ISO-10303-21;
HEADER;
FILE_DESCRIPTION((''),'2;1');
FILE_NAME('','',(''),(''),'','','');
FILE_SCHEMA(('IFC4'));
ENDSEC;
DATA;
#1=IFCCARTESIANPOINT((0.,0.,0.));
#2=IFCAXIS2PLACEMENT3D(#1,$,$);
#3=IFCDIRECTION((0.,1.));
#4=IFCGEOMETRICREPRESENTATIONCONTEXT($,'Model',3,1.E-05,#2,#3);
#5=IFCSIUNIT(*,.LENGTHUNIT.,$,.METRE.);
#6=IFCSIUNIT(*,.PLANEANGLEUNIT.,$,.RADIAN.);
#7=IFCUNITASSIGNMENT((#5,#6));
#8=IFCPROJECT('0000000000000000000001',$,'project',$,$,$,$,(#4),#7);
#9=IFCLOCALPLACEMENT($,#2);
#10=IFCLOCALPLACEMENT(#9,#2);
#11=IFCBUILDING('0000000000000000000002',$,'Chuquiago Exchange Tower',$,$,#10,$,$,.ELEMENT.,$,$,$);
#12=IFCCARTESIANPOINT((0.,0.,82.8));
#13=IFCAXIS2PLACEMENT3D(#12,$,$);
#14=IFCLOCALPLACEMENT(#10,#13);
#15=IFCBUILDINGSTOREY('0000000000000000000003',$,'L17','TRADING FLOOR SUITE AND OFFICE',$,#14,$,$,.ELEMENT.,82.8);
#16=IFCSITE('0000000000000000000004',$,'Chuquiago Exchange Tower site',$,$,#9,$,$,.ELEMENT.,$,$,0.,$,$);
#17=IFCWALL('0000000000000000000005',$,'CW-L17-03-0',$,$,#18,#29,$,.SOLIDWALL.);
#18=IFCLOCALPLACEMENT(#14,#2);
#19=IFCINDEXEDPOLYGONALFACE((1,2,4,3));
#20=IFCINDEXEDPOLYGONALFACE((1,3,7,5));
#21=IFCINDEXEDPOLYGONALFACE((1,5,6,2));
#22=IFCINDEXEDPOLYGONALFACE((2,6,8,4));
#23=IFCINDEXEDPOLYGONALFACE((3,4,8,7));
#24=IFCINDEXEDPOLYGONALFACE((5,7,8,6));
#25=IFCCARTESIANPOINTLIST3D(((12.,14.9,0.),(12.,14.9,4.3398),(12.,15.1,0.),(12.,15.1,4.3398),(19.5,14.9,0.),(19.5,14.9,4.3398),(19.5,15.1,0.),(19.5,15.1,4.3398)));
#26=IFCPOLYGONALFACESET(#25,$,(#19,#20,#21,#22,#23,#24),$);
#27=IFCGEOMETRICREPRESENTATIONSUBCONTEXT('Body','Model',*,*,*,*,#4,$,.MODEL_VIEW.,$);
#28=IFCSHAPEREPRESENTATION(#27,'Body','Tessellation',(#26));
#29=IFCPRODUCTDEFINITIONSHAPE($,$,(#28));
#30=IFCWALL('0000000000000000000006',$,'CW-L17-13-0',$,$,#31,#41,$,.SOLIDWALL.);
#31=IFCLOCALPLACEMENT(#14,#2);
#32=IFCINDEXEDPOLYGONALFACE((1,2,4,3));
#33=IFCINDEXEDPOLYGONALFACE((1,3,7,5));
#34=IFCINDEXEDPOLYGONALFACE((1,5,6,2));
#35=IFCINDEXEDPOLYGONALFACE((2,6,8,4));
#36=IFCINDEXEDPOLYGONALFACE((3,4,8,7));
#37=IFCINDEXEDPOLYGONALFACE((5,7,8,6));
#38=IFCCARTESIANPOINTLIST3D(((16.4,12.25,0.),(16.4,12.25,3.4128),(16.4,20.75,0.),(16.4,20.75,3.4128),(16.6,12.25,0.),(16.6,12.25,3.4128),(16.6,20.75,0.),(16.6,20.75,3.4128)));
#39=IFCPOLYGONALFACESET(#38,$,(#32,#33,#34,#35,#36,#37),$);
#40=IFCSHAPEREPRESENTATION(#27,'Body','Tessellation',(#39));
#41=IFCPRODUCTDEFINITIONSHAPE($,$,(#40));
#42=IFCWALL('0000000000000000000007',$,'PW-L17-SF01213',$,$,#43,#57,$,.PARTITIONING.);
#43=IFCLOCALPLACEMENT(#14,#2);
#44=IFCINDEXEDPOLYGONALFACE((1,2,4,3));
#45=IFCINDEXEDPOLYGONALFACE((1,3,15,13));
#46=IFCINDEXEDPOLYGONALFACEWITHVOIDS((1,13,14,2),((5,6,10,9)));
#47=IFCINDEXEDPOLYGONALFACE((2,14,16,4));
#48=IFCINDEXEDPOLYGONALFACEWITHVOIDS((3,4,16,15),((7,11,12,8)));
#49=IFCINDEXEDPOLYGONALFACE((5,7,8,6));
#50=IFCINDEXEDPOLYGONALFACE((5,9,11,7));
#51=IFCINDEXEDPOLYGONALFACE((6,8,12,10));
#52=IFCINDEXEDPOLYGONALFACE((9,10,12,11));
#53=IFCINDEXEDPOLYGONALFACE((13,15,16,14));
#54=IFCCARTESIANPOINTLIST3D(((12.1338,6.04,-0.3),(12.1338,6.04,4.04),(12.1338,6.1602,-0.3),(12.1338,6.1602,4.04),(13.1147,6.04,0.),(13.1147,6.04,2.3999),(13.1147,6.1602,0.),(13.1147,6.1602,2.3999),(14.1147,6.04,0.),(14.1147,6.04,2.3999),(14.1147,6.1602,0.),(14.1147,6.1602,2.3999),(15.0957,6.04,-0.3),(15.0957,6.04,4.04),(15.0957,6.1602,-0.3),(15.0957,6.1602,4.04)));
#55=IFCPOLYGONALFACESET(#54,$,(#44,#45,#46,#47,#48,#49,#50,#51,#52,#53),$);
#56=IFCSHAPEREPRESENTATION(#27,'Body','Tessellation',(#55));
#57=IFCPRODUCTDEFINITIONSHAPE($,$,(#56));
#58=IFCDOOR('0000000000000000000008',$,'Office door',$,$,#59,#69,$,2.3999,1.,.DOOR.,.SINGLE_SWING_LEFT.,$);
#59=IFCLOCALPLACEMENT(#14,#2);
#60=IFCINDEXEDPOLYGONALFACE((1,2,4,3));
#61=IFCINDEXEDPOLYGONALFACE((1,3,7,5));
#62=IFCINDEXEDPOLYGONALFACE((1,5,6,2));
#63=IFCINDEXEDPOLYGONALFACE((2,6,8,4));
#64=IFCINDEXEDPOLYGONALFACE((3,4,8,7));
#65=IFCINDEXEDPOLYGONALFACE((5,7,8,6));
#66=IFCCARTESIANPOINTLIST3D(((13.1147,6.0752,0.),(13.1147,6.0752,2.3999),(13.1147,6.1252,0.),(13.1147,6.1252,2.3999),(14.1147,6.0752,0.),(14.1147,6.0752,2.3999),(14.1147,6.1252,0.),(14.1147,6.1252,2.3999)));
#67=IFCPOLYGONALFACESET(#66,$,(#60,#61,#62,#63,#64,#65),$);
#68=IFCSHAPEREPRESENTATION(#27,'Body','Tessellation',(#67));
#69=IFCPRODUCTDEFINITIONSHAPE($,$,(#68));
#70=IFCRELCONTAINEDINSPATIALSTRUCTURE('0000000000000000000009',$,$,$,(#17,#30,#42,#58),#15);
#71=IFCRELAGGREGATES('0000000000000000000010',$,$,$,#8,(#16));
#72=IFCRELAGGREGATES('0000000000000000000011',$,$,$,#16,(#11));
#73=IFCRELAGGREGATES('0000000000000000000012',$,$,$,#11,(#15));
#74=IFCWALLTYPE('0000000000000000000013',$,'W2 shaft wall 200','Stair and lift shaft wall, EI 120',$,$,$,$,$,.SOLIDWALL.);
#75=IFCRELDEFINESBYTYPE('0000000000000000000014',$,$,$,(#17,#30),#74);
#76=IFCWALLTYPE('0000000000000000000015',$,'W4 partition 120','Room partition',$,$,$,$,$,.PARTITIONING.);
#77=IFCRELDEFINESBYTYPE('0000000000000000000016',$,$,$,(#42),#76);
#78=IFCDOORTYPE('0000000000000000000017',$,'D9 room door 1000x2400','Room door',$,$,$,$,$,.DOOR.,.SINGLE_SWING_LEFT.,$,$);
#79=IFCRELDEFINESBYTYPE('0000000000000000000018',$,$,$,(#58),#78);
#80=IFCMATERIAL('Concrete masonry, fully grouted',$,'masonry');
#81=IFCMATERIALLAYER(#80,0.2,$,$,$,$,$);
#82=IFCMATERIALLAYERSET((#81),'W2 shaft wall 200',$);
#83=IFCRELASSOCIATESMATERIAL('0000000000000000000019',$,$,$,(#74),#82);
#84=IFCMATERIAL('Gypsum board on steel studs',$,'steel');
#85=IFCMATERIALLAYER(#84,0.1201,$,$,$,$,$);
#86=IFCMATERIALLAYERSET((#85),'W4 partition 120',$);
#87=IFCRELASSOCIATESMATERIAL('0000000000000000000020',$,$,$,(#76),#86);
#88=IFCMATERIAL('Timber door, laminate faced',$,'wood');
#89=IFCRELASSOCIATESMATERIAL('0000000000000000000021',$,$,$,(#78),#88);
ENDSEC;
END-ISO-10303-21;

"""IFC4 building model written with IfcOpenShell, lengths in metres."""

from ifc_helpers import new_model, si_unit, direction, frame, frame_2d, origin, place, context, subcontext, project, spatial, rectangle, extrude, material, layer, layer_set, type_object, element, fill, save


model = new_model("IFC4")

# Units and contexts
model_context = context("Model", 3, precision=1e-05, world=origin(), true_north=direction((0.0, 1.0)))
body_context = subcontext(model_context, "Body", "Model", "MODEL_VIEW")
ifc_project = project(units=[si_unit("LENGTHUNIT", "METRE"), si_unit("PLANEANGLEUNIT", "RADIAN")], contexts=[model_context])

# Site, building, storey
site_placement = place(None, origin())
site = spatial("IfcSite", under=ifc_project, at=site_placement, Name="Chuquiago Exchange Tower site", CompositionType="ELEMENT", RefElevation=0.0)
building_placement = place(site_placement, origin())
building = spatial("IfcBuilding", under=site, at=building_placement, Name="Chuquiago Exchange Tower", CompositionType="ELEMENT")
storey_placement = place(building_placement, frame((0.0, 0.0, 82.8)))
storey = spatial("IfcBuildingStorey", under=building, at=storey_placement, Name="L17", Description="TRADING FLOOR SUITE AND OFFICE", CompositionType="ELEMENT", Elevation=82.8)

# Walls
ifc_material_1 = material(Name="Concrete masonry, fully grouted", Category="masonry")
ifc_layer_1 = layer(ifc_material_1, 0.2)
ifc_layer_set_1 = layer_set([ifc_layer_1], Name="W2 shaft wall 200")
wall_type_1 = type_object("IfcWallType", Name="W2 shaft wall 200", Description="Stair and lift shaft wall, EI 120", PredefinedType="SOLIDWALL", material=ifc_layer_set_1)
wall_1_placement = place(storey_placement, frame((12.0, 15.0, 0.0), z_axis=(0.0, 0.0, 1.0), x_axis=(1.0, 0.0, 0.0)))
element("IfcWall", 1, at=wall_1_placement, inside=storey, type_object=wall_type_1, Name="CW-L17-03-0", PredefinedType="SOLIDWALL", context=body_context, shape_type="SweptSolid", body=[
    extrude(rectangle(XDim=7.5, YDim=0.2, at=frame_2d((3.75, 0.0))), origin(), (0.0, 0.0, 1.0), 4.3398),
])
wall_2_placement = place(storey_placement, frame((16.5, 12.25, 0.0), z_axis=(0.0, 0.0, 1.0), x_axis=(0.0, 1.0, 0.0)))
element("IfcWall", 2, at=wall_2_placement, inside=storey, type_object=wall_type_1, Name="CW-L17-13-0", PredefinedType="SOLIDWALL", context=body_context, shape_type="SweptSolid", body=[
    extrude(rectangle(XDim=8.5, YDim=0.2, at=frame_2d((4.25, 0.0))), origin(), (0.0, 0.0, 1.0), 3.4128),
])

# Wall, opening, door
ifc_material_2 = material(Name="Gypsum board on steel studs", Category="steel")
ifc_layer_2 = layer(ifc_material_2, 0.1201)
ifc_layer_set_2 = layer_set([ifc_layer_2], Name="W4 partition 120")
wall_type_2 = type_object("IfcWallType", Name="W4 partition 120", Description="Room partition", PredefinedType="PARTITIONING", material=ifc_layer_set_2)
wall_3_placement = place(storey_placement, frame((12.1338, 6.1001, -0.3), z_axis=(0.0, 0.0, 1.0), x_axis=(1.0, 0.0, 0.0)))
wall_3 = element("IfcWall", 3, at=wall_3_placement, inside=storey, type_object=wall_type_2, Name="PW-L17-SF01213", PredefinedType="PARTITIONING", context=body_context, shape_type="SweptSolid", body=[
    extrude(rectangle(XDim=2.9619, YDim=0.1201, at=frame_2d((1.481, 0.0))), origin(), (0.0, 0.0, 1.0), 4.3401),
])
opening_1_placement = place(wall_3_placement, frame((0.981, 0.0, 0.3)))
opening_1 = element("IfcOpeningElement", 4, at=opening_1_placement, cuts=wall_3, PredefinedType="OPENING", context=body_context, shape_type="SweptSolid", body=[
    extrude(rectangle(XDim=1.0, YDim=2.3999, at=frame_2d((0.5, 1.2))), frame((0.0, 0.0701, 0.0), z_axis=(0.0, -1.0, 0.0), x_axis=(1.0, 0.0, 0.0)), (0.0, 0.0, 1.0), 0.1401),
])
ifc_material_3 = material(Name="Timber door, laminate faced", Category="wood")
door_type_1 = type_object("IfcDoorType", Name="D9 room door 1000x2400", Description="Room door", OperationType="SINGLE_SWING_LEFT", PredefinedType="DOOR", material=ifc_material_3)
door_1_placement = place(opening_1_placement, frame((1.0, 0.0, 0.0), z_axis=(0.0, 0.0, 1.0), x_axis=(-1.0, 0.0, 0.0)))
door_1 = element("IfcDoor", 5, at=door_1_placement, inside=storey, type_object=door_type_1, Name="Office door", OperationType="SINGLE_SWING_LEFT", OverallHeight=2.3999, OverallWidth=1.0, PredefinedType="DOOR", context=body_context, shape_type="SweptSolid", body=[
    extrude(rectangle(XDim=1.0, YDim=2.3999, at=frame_2d((0.5, 1.2))), frame((0.0, 0.0249, 0.0), z_axis=(0.0, -1.0, 0.0), x_axis=(1.0, 0.0, 0.0)), (0.0, 0.0, 1.0), 0.05),
])
fill(opening_1, door_1)

save(model, "model.ifc")
